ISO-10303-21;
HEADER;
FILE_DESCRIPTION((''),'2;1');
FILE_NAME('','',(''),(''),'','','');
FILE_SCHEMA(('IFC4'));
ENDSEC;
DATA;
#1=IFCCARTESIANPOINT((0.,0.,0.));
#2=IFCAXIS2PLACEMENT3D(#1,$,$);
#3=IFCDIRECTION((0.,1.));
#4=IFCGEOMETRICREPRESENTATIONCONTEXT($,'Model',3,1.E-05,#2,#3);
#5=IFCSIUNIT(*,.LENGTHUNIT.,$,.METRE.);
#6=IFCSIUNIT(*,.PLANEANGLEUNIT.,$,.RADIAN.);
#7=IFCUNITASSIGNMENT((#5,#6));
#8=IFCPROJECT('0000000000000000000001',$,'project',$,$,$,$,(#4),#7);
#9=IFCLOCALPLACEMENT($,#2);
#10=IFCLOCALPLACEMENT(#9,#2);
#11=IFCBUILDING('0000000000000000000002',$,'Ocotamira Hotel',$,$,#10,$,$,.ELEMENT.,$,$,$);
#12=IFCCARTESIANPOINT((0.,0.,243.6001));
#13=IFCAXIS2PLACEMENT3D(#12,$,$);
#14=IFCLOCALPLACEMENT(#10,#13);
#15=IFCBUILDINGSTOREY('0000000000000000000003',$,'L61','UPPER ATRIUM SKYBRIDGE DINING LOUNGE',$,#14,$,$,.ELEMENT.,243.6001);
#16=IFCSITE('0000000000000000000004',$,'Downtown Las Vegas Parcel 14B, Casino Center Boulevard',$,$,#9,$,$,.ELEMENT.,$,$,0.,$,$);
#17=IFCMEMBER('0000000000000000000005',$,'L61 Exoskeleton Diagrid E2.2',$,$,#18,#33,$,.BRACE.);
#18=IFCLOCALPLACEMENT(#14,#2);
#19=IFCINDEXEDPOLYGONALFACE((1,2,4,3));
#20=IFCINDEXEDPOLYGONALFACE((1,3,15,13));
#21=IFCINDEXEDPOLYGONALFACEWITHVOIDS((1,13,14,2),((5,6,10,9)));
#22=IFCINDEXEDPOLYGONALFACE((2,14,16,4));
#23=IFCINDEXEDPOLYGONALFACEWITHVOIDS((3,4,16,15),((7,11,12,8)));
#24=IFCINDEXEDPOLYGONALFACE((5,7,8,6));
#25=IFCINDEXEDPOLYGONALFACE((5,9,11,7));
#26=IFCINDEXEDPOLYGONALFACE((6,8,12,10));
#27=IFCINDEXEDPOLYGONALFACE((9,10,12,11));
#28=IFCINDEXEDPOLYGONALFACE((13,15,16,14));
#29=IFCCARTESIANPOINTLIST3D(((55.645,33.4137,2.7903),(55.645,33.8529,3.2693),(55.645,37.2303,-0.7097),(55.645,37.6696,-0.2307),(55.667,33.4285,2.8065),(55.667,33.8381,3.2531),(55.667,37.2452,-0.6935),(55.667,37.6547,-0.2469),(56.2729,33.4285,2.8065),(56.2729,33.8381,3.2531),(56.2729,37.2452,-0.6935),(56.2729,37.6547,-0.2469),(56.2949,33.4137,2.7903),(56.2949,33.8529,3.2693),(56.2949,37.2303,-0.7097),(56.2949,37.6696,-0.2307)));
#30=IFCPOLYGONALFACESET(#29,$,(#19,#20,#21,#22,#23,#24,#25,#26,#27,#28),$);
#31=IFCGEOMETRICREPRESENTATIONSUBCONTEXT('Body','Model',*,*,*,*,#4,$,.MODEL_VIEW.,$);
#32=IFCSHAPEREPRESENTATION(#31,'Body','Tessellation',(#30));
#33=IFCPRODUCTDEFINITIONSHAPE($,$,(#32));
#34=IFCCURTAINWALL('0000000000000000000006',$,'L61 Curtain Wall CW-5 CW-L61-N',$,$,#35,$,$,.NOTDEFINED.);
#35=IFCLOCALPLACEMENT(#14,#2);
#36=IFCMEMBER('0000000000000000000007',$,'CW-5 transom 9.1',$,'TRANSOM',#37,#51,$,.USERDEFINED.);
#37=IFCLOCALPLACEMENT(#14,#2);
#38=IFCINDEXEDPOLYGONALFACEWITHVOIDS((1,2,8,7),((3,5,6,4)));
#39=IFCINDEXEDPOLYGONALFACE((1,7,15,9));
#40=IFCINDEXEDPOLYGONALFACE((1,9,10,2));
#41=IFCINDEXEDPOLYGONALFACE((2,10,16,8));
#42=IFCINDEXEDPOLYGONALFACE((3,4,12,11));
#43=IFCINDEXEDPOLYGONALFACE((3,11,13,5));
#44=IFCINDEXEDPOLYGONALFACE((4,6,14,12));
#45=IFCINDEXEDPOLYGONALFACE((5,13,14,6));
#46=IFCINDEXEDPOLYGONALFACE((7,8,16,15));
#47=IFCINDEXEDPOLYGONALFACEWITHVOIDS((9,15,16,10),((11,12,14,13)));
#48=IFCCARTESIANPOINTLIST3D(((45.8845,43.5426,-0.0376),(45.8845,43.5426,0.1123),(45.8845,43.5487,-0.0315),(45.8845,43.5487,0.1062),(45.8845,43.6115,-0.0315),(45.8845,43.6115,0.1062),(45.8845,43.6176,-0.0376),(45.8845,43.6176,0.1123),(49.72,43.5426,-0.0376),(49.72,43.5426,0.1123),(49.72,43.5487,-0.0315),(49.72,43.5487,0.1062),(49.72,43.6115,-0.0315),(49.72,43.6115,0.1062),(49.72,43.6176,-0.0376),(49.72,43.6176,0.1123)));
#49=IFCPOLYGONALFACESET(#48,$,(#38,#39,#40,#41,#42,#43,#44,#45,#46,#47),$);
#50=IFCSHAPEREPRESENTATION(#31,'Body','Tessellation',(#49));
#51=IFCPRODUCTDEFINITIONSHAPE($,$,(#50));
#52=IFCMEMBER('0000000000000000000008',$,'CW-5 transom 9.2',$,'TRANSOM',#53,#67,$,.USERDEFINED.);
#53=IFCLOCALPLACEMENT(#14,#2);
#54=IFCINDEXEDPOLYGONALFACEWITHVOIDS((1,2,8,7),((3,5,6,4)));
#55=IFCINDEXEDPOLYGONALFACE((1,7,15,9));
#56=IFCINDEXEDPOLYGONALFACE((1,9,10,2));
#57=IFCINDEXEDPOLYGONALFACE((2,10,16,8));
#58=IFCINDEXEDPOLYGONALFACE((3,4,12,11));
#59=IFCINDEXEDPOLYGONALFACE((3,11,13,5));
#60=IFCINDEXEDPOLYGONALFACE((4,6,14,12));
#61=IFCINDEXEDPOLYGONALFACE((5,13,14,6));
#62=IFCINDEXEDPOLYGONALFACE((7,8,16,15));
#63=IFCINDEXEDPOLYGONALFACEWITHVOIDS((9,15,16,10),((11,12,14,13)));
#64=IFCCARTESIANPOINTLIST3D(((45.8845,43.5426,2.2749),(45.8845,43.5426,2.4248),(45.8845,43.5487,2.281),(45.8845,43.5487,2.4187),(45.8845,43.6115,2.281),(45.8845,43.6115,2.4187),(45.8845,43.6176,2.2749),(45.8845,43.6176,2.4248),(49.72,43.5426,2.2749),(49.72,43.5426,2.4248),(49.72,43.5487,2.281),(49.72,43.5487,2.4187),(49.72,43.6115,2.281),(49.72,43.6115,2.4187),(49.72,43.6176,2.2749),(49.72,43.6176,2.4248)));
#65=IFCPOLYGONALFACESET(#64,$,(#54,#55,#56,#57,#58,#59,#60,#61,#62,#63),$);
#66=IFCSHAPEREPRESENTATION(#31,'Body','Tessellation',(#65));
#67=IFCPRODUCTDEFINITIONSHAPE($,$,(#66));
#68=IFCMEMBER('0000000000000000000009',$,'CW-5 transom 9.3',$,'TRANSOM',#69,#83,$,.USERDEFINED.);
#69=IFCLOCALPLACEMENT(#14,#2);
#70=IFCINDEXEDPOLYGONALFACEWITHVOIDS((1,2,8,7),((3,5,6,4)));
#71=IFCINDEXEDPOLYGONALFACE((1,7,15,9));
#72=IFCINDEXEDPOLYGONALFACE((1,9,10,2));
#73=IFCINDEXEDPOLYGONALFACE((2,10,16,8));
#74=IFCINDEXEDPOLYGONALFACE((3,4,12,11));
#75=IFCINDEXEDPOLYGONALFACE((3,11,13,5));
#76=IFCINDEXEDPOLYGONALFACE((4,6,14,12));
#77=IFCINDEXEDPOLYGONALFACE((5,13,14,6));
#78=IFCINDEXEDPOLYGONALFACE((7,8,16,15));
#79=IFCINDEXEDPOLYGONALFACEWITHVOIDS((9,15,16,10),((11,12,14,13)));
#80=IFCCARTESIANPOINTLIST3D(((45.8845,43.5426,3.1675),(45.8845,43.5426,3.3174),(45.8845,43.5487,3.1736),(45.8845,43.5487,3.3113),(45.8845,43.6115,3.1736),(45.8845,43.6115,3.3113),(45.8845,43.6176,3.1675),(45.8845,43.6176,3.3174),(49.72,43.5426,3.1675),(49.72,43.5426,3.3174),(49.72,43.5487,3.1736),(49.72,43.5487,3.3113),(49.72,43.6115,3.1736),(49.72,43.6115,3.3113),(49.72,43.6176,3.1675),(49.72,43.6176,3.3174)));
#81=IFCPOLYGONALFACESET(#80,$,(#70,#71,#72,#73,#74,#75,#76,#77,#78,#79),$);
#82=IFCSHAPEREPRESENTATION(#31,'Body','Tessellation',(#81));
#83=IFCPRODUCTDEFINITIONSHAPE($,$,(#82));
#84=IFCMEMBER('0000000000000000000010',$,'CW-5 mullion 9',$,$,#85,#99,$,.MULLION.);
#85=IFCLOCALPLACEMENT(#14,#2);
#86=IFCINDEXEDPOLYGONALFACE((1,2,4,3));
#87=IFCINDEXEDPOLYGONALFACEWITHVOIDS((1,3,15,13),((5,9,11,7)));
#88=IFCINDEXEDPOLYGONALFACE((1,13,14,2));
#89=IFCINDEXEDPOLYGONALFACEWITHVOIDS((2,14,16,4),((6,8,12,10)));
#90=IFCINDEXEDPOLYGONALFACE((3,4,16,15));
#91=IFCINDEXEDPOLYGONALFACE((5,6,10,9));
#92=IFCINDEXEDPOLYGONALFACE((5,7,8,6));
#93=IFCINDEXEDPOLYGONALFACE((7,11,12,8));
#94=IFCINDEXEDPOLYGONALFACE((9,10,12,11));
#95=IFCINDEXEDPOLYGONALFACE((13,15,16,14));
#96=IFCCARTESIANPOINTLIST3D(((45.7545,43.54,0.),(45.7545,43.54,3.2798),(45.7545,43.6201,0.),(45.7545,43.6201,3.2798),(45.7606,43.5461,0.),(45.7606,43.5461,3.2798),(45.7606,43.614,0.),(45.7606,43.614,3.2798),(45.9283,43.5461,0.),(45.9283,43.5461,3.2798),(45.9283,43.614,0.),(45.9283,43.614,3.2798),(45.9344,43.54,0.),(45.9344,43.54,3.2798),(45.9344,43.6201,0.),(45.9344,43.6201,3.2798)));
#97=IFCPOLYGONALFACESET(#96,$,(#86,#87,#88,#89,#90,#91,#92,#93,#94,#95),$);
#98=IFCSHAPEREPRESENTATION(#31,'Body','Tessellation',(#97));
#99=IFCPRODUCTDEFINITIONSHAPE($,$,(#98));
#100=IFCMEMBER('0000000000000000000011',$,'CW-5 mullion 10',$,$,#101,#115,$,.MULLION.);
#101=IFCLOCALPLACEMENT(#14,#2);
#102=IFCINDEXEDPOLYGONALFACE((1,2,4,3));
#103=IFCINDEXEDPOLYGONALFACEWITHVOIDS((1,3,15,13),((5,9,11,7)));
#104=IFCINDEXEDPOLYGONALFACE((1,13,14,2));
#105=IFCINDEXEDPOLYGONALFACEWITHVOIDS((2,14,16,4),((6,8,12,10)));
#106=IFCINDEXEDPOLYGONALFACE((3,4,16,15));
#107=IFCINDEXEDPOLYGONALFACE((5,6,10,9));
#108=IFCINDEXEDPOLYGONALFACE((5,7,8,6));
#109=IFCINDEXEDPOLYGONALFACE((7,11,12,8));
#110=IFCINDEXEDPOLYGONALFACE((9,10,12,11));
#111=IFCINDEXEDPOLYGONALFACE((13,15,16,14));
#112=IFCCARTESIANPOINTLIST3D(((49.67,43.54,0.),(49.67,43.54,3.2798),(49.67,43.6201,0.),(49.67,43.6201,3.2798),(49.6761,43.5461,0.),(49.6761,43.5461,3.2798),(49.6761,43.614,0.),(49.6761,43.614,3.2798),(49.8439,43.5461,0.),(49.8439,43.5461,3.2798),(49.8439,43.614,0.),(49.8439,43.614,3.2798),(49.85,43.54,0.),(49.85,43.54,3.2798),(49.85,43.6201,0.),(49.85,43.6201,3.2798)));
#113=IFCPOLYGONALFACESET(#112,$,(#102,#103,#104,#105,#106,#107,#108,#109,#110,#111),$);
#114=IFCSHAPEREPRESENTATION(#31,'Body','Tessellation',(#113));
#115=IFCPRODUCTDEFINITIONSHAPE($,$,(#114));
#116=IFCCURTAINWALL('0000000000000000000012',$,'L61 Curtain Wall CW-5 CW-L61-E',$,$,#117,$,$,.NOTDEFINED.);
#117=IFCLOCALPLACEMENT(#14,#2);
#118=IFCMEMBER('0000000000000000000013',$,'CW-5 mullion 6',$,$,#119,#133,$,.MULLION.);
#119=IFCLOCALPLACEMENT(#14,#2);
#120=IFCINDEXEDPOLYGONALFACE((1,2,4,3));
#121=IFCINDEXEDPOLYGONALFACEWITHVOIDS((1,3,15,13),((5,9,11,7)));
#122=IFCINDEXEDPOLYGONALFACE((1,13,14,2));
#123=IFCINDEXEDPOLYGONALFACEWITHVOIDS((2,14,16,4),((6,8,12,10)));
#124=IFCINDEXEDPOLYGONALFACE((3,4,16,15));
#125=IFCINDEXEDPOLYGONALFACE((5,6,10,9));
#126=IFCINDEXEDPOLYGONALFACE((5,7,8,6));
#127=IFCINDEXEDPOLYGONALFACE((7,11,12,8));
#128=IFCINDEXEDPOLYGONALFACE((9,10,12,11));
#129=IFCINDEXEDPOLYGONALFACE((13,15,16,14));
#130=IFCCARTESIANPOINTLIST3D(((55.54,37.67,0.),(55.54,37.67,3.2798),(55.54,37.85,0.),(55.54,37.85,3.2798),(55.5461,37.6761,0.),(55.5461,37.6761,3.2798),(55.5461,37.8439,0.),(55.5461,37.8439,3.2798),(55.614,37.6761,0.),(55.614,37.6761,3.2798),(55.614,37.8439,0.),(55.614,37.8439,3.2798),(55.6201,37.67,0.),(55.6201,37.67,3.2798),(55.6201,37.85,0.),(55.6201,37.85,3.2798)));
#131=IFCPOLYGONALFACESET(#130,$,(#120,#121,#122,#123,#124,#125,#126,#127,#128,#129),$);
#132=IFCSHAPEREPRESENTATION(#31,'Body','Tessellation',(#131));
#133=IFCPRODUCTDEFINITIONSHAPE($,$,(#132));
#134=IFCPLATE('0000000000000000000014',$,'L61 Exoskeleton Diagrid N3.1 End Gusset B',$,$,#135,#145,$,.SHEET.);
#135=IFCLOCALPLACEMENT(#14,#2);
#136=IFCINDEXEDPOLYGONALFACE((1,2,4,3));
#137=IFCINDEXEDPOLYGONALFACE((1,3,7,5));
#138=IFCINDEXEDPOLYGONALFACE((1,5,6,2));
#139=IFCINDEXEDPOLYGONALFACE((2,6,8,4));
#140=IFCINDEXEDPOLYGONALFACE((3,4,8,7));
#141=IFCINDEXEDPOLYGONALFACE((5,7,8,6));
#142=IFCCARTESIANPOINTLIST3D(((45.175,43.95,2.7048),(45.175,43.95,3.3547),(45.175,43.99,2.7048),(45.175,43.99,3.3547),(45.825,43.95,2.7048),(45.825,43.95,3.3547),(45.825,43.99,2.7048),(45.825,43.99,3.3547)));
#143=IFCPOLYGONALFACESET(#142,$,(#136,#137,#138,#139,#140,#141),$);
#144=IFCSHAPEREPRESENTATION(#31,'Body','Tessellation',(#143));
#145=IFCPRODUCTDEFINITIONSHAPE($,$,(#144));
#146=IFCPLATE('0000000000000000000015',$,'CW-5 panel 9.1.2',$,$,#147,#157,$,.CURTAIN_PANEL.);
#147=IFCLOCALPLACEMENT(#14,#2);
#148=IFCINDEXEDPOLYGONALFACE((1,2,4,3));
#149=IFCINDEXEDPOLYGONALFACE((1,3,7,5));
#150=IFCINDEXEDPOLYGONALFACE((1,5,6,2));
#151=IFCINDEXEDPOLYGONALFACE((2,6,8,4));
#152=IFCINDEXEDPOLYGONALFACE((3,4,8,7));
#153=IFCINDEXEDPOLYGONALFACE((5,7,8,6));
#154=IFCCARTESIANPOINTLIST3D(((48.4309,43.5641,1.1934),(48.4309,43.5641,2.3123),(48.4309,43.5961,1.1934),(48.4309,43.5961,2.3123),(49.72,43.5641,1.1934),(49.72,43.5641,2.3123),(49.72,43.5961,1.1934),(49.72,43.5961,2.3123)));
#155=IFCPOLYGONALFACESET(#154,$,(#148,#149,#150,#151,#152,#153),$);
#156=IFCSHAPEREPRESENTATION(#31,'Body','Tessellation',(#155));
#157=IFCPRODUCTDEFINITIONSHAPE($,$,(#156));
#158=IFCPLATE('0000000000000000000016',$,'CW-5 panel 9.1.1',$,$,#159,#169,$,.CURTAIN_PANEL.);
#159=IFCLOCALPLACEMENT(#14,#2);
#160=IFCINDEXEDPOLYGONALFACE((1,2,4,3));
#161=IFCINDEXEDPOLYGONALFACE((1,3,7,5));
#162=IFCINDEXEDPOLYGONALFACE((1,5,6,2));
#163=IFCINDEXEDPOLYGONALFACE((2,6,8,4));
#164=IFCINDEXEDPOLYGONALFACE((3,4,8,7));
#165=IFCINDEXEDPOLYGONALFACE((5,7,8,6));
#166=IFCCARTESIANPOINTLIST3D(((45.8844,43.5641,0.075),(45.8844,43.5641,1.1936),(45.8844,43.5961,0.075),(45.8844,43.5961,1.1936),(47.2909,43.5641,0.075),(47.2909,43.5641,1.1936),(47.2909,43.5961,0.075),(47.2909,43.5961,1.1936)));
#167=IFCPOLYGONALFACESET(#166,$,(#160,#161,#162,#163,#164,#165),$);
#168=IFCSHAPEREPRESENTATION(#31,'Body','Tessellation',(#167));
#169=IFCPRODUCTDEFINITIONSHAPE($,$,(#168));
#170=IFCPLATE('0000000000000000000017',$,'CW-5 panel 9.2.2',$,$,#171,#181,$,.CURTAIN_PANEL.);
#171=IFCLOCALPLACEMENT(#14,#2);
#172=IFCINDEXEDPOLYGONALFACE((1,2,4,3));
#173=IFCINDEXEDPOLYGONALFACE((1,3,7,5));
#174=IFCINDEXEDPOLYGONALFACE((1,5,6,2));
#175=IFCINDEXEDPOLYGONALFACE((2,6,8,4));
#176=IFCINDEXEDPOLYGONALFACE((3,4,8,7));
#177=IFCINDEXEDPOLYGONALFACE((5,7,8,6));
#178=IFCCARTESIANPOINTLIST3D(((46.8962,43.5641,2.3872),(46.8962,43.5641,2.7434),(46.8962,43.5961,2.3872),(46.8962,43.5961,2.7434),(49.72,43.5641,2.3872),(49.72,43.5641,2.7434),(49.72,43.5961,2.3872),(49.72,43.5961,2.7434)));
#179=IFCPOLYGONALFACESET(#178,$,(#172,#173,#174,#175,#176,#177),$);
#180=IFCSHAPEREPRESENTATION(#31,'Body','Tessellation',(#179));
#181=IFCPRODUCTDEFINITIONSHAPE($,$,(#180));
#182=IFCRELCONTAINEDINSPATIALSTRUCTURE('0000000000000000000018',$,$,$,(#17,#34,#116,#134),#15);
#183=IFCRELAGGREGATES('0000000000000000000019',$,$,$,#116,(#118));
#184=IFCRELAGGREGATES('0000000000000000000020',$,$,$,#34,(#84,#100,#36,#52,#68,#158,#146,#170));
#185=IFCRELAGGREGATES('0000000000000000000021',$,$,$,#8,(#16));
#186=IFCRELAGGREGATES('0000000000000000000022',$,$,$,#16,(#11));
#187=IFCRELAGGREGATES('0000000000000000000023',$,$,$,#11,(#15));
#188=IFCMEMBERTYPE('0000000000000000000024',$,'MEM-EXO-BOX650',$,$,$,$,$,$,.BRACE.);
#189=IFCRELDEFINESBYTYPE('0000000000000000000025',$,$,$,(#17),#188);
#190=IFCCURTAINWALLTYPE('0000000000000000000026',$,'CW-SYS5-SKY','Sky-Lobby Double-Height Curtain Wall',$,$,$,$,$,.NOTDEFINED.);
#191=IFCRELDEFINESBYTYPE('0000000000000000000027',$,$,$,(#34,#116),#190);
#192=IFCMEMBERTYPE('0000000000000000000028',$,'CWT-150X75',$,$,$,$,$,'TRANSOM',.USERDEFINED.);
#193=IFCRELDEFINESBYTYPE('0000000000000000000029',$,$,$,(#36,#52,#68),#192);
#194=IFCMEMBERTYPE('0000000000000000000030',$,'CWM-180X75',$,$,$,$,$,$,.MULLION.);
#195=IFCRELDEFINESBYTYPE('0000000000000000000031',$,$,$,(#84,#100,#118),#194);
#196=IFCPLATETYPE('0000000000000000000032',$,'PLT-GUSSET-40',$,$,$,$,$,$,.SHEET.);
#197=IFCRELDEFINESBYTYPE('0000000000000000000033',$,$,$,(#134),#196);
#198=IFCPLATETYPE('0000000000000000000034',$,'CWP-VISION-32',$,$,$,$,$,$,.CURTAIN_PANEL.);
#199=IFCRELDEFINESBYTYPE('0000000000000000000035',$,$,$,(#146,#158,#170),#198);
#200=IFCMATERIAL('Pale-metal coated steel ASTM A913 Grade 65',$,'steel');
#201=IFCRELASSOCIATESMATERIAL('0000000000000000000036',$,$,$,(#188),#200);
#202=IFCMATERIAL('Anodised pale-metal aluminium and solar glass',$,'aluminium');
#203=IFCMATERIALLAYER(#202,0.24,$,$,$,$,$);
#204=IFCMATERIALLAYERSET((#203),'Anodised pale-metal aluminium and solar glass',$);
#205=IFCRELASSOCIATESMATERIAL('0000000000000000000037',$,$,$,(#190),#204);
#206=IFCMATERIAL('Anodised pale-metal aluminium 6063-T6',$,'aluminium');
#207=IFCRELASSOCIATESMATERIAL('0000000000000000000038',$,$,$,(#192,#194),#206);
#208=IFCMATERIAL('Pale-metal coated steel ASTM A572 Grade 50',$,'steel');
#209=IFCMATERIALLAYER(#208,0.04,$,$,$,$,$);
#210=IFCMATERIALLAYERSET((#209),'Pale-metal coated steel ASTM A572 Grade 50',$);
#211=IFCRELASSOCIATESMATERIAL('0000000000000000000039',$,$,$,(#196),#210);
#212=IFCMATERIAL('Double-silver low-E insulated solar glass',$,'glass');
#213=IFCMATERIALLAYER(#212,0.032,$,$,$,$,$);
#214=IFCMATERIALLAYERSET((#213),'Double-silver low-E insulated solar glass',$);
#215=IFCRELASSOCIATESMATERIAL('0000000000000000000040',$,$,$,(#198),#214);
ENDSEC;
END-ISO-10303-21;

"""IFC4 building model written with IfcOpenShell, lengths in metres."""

from ifc_helpers import new_model, si_unit, direction, frame, origin, origin_2d, place, context, subcontext, project, spatial, rectangle, hollow_rectangle, extrude, source, transform, mapped, material, layer, layer_set, material_profile, profile_set, type_object, element, aggregate, save


model = new_model("IFC4")

# Units and contexts
model_context = context("Model", 3, precision=1e-05, world=origin(), true_north=direction((0.0, 1.0)))
body_context = subcontext(model_context, "Body", "Model", "MODEL_VIEW")
ifc_project = project(units=[si_unit("LENGTHUNIT", "METRE"), si_unit("PLANEANGLEUNIT", "RADIAN")], contexts=[model_context])

# Site, building, storey
site_placement = place(None, origin())
site = spatial("IfcSite", under=ifc_project, at=site_placement, Name="Downtown Las Vegas Parcel 14B, Casino Center Boulevard", CompositionType="ELEMENT", RefElevation=0.0)
building_placement = place(site_placement, origin())
building = spatial("IfcBuilding", under=site, at=building_placement, Name="Ocotamira Hotel", CompositionType="ELEMENT")
storey_placement = place(building_placement, frame((0.0, 0.0, 243.6001)))
storey = spatial("IfcBuildingStorey", under=building, at=storey_placement, Name="L61", Description="UPPER ATRIUM SKYBRIDGE DINING LOUNGE", CompositionType="ELEMENT", Elevation=243.6001)

# Member
ifc_material_1 = material(Name="Pale-metal coated steel ASTM A913 Grade 65", Category="steel")
ifc_material_profile_1 = material_profile(ifc_material_1, hollow_rectangle(XDim=0.6499, YDim=0.6499, WallThickness=0.022, at=origin_2d()), Name="BOX650X650X22")
ifc_profile_set_1 = profile_set([ifc_material_profile_1], Name="Pale-metal coated steel ASTM A913 Grade 65")
member_type_1 = type_object("IfcMemberType", Name="MEM-EXO-BOX650", PredefinedType="BRACE", material=ifc_profile_set_1)
shared_shape_1 = source(origin(), body_context, "Body", "SweptSolid", [
    extrude(hollow_rectangle(XDim=0.6499, YDim=0.6499, WallThickness=0.022, at=origin_2d()), origin(), (0.0, 0.0, 1.0), 5.1785),
])
member_1_placement = place(storey_placement, frame((55.97, 37.45, -0.4702), z_axis=(0.0, -0.737019, 0.675872), x_axis=(1.0, 0.0, 0.0)))
element("IfcMember", 1, at=member_1_placement, inside=storey, type_object=member_type_1, Name="L61 Exoskeleton Diagrid E2.2", PredefinedType="BRACE", context=body_context, shape_type="MappedRepresentation", body=[
    mapped(shared_shape_1, transform((0.0, 0.0, 0.0), scale=1.0)),
])

# Curtain wall, members
ifc_material_2 = material(Name="Anodised pale-metal aluminium and solar glass", Category="aluminium")
ifc_layer_1 = layer(ifc_material_2, 0.24)
ifc_layer_set_1 = layer_set([ifc_layer_1], Name="Anodised pale-metal aluminium and solar glass")
curtain_wall_type = type_object("IfcCurtainWallType", Name="CW-SYS5-SKY", Description="Sky-Lobby Double-Height Curtain Wall", PredefinedType="NOTDEFINED", material=ifc_layer_set_1)
curtain_wall_1_placement = place(storey_placement, origin())
curtain_wall_1 = element("IfcCurtainWall", 2, at=curtain_wall_1_placement, inside=storey, type_object=curtain_wall_type, Name="L61 Curtain Wall CW-5 CW-L61-N", PredefinedType="NOTDEFINED")
ifc_material_3 = material(Name="Anodised pale-metal aluminium 6063-T6", Category="aluminium")
ifc_material_profile_2 = material_profile(ifc_material_3, hollow_rectangle(XDim=0.075, YDim=0.1499, WallThickness=0.0061, at=origin_2d()), Name="HSS150X75X6")
ifc_profile_set_2 = profile_set([ifc_material_profile_2], Name="Anodised pale-metal aluminium 6063-T6")
member_type_2 = type_object("IfcMemberType", Name="CWT-150X75", ElementType="TRANSOM", PredefinedType="USERDEFINED", material=ifc_profile_set_2)
shared_shape_2 = source(origin(), body_context, "Body", "SweptSolid", [
    extrude(hollow_rectangle(XDim=0.075, YDim=0.1499, WallThickness=0.0061, at=origin_2d()), origin(), (0.0, 0.0, 1.0), 3.8354),
])
member_2_placement = place(storey_placement, frame((45.8845, 43.5801, 0.0374), z_axis=(1.0, 0.0, 0.0), x_axis=(0.0, 1.0, 0.0)))
member_2 = element("IfcMember", 3, at=member_2_placement, type_object=member_type_2, Name="CW-5 transom 9.1", ObjectType="TRANSOM", PredefinedType="USERDEFINED", context=body_context, shape_type="MappedRepresentation", body=[
    mapped(shared_shape_2, transform((0.0, 0.0, 0.0), scale=1.0)),
])
member_3_placement = place(storey_placement, frame((45.8845, 43.5801, 2.3499), z_axis=(1.0, 0.0, 0.0), x_axis=(0.0, 1.0, 0.0)))
member_3 = element("IfcMember", 4, at=member_3_placement, type_object=member_type_2, Name="CW-5 transom 9.2", ObjectType="TRANSOM", PredefinedType="USERDEFINED", context=body_context, shape_type="MappedRepresentation", body=[
    mapped(shared_shape_2, transform((0.0, 0.0, 0.0), scale=1.0)),
])
member_4_placement = place(storey_placement, frame((45.8845, 43.5801, 3.2424), z_axis=(1.0, 0.0, 0.0), x_axis=(0.0, 1.0, 0.0)))
member_4 = element("IfcMember", 5, at=member_4_placement, type_object=member_type_2, Name="CW-5 transom 9.3", ObjectType="TRANSOM", PredefinedType="USERDEFINED", context=body_context, shape_type="MappedRepresentation", body=[
    mapped(shared_shape_2, transform((0.0, 0.0, 0.0), scale=1.0)),
])
ifc_material_profile_3 = material_profile(ifc_material_3, hollow_rectangle(XDim=0.0801, YDim=0.1799, WallThickness=0.0061, at=origin_2d()), Name="HSS180X80X6")
ifc_profile_set_3 = profile_set([ifc_material_profile_3], Name="Anodised pale-metal aluminium 6063-T6")
member_type_3 = type_object("IfcMemberType", Name="CWM-180X75", PredefinedType="MULLION", material=ifc_profile_set_3)
shared_shape_3 = source(origin(), body_context, "Body", "SweptSolid", [
    extrude(hollow_rectangle(XDim=0.0801, YDim=0.1799, WallThickness=0.0061, at=origin_2d()), origin(), (0.0, 0.0, 1.0), 3.2798),
])
member_5_placement = place(storey_placement, frame((45.8445, 43.5801, 0.0), z_axis=(0.0, 0.0, 1.0), x_axis=(0.0, 1.0, 0.0)))
member_5 = element("IfcMember", 6, at=member_5_placement, type_object=member_type_3, Name="CW-5 mullion 9", PredefinedType="MULLION", context=body_context, shape_type="MappedRepresentation", body=[
    mapped(shared_shape_3, transform((0.0, 0.0, 0.0), scale=1.0)),
])
member_6_placement = place(storey_placement, frame((49.76, 43.5801, 0.0), z_axis=(0.0, 0.0, 1.0), x_axis=(0.0, 1.0, 0.0)))
member_6 = element("IfcMember", 7, at=member_6_placement, type_object=member_type_3, Name="CW-5 mullion 10", PredefinedType="MULLION", context=body_context, shape_type="MappedRepresentation", body=[
    mapped(shared_shape_3, transform((0.0, 0.0, 0.0), scale=1.0)),
])

# Curtain wall, member
curtain_wall_2_placement = place(storey_placement, origin())
curtain_wall_2 = element("IfcCurtainWall", 8, at=curtain_wall_2_placement, inside=storey, type_object=curtain_wall_type, Name="L61 Curtain Wall CW-5 CW-L61-E", PredefinedType="NOTDEFINED")
member_7_placement = place(storey_placement, frame((55.5801, 37.76, 0.0), z_axis=(0.0, 0.0, 1.0), x_axis=(-1.0, 0.0, 0.0)))
member_7 = element("IfcMember", 9, at=member_7_placement, type_object=member_type_3, Name="CW-5 mullion 6", PredefinedType="MULLION", context=body_context, shape_type="MappedRepresentation", body=[
    mapped(shared_shape_3, transform((0.0, 0.0, 0.0), scale=1.0)),
])
aggregate(curtain_wall_2, [member_7])

# Plates
ifc_material_4 = material(Name="Pale-metal coated steel ASTM A572 Grade 50", Category="steel")
ifc_layer_2 = layer(ifc_material_4, 0.04)
ifc_layer_set_2 = layer_set([ifc_layer_2], Name="Pale-metal coated steel ASTM A572 Grade 50")
plate_type_1 = type_object("IfcPlateType", Name="PLT-GUSSET-40", PredefinedType="SHEET", material=ifc_layer_set_2)
shared_shape_4 = source(origin(), body_context, "Body", "SweptSolid", [
    extrude(rectangle(XDim=0.6499, YDim=0.04, at=origin_2d()), origin(), (0.0, 0.0, 1.0), 0.6499),
])
plate_1_placement = place(storey_placement, frame((45.5, 43.97, 2.7048), z_axis=(0.0, 0.0, 1.0), x_axis=(1.0, 0.0, 0.0)))
element("IfcPlate", 10, at=plate_1_placement, inside=storey, type_object=plate_type_1, Name="L61 Exoskeleton Diagrid N3.1 End Gusset B", PredefinedType="SHEET", context=body_context, shape_type="MappedRepresentation", body=[
    mapped(shared_shape_4, transform((0.0, 0.0, 0.0), scale=1.0)),
])
ifc_material_5 = material(Name="Double-silver low-E insulated solar glass", Category="glass")
ifc_layer_3 = layer(ifc_material_5, 0.032)
ifc_layer_set_3 = layer_set([ifc_layer_3], Name="Double-silver low-E insulated solar glass")
plate_type_2 = type_object("IfcPlateType", Name="CWP-VISION-32", PredefinedType="CURTAIN_PANEL", material=ifc_layer_set_3)
shared_shape_5 = source(origin(), body_context, "Body", "SweptSolid", [
    extrude(rectangle(XDim=1.2891, YDim=0.032, at=origin_2d()), origin(), (0.0, 0.0, 1.0), 1.1189),
])
plate_2_placement = place(storey_placement, frame((49.0754, 43.5801, 1.1934), z_axis=(0.0, 0.0, 1.0), x_axis=(1.0, 0.0, 0.0)))
plate_2 = element("IfcPlate", 11, at=plate_2_placement, type_object=plate_type_2, Name="CW-5 panel 9.1.2", PredefinedType="CURTAIN_PANEL", context=body_context, shape_type="MappedRepresentation", body=[
    mapped(shared_shape_5, transform((0.0, 0.0, 0.0), scale=1.0)),
])
shared_shape_6 = source(origin(), body_context, "Body", "SweptSolid", [
    extrude(rectangle(XDim=1.4065, YDim=0.032, at=origin_2d()), origin(), (0.0, 0.0, 1.0), 1.1187),
])
plate_3_placement = place(storey_placement, frame((46.5876, 43.5801, 0.075), z_axis=(0.0, 0.0, 1.0), x_axis=(1.0, 0.0, 0.0)))
plate_3 = element("IfcPlate", 12, at=plate_3_placement, type_object=plate_type_2, Name="CW-5 panel 9.1.1", PredefinedType="CURTAIN_PANEL", context=body_context, shape_type="MappedRepresentation", body=[
    mapped(shared_shape_6, transform((0.0, 0.0, 0.0), scale=1.0)),
])
shared_shape_7 = source(origin(), body_context, "Body", "SweptSolid", [
    extrude(rectangle(XDim=2.8237, YDim=0.032, at=origin_2d()), origin(), (0.0, 0.0, 1.0), 0.3562),
])
plate_4_placement = place(storey_placement, frame((48.3081, 43.5801, 2.3872), z_axis=(0.0, 0.0, 1.0), x_axis=(1.0, 0.0, 0.0)))
plate_4 = element("IfcPlate", 13, at=plate_4_placement, type_object=plate_type_2, Name="CW-5 panel 9.2.2", PredefinedType="CURTAIN_PANEL", context=body_context, shape_type="MappedRepresentation", body=[
    mapped(shared_shape_7, transform((0.0, 0.0, 0.0), scale=1.0)),
])
aggregate(curtain_wall_1, [member_5, member_6, member_2, member_3, member_4, plate_3, plate_2, plate_4])

save(model, "model.ifc")
